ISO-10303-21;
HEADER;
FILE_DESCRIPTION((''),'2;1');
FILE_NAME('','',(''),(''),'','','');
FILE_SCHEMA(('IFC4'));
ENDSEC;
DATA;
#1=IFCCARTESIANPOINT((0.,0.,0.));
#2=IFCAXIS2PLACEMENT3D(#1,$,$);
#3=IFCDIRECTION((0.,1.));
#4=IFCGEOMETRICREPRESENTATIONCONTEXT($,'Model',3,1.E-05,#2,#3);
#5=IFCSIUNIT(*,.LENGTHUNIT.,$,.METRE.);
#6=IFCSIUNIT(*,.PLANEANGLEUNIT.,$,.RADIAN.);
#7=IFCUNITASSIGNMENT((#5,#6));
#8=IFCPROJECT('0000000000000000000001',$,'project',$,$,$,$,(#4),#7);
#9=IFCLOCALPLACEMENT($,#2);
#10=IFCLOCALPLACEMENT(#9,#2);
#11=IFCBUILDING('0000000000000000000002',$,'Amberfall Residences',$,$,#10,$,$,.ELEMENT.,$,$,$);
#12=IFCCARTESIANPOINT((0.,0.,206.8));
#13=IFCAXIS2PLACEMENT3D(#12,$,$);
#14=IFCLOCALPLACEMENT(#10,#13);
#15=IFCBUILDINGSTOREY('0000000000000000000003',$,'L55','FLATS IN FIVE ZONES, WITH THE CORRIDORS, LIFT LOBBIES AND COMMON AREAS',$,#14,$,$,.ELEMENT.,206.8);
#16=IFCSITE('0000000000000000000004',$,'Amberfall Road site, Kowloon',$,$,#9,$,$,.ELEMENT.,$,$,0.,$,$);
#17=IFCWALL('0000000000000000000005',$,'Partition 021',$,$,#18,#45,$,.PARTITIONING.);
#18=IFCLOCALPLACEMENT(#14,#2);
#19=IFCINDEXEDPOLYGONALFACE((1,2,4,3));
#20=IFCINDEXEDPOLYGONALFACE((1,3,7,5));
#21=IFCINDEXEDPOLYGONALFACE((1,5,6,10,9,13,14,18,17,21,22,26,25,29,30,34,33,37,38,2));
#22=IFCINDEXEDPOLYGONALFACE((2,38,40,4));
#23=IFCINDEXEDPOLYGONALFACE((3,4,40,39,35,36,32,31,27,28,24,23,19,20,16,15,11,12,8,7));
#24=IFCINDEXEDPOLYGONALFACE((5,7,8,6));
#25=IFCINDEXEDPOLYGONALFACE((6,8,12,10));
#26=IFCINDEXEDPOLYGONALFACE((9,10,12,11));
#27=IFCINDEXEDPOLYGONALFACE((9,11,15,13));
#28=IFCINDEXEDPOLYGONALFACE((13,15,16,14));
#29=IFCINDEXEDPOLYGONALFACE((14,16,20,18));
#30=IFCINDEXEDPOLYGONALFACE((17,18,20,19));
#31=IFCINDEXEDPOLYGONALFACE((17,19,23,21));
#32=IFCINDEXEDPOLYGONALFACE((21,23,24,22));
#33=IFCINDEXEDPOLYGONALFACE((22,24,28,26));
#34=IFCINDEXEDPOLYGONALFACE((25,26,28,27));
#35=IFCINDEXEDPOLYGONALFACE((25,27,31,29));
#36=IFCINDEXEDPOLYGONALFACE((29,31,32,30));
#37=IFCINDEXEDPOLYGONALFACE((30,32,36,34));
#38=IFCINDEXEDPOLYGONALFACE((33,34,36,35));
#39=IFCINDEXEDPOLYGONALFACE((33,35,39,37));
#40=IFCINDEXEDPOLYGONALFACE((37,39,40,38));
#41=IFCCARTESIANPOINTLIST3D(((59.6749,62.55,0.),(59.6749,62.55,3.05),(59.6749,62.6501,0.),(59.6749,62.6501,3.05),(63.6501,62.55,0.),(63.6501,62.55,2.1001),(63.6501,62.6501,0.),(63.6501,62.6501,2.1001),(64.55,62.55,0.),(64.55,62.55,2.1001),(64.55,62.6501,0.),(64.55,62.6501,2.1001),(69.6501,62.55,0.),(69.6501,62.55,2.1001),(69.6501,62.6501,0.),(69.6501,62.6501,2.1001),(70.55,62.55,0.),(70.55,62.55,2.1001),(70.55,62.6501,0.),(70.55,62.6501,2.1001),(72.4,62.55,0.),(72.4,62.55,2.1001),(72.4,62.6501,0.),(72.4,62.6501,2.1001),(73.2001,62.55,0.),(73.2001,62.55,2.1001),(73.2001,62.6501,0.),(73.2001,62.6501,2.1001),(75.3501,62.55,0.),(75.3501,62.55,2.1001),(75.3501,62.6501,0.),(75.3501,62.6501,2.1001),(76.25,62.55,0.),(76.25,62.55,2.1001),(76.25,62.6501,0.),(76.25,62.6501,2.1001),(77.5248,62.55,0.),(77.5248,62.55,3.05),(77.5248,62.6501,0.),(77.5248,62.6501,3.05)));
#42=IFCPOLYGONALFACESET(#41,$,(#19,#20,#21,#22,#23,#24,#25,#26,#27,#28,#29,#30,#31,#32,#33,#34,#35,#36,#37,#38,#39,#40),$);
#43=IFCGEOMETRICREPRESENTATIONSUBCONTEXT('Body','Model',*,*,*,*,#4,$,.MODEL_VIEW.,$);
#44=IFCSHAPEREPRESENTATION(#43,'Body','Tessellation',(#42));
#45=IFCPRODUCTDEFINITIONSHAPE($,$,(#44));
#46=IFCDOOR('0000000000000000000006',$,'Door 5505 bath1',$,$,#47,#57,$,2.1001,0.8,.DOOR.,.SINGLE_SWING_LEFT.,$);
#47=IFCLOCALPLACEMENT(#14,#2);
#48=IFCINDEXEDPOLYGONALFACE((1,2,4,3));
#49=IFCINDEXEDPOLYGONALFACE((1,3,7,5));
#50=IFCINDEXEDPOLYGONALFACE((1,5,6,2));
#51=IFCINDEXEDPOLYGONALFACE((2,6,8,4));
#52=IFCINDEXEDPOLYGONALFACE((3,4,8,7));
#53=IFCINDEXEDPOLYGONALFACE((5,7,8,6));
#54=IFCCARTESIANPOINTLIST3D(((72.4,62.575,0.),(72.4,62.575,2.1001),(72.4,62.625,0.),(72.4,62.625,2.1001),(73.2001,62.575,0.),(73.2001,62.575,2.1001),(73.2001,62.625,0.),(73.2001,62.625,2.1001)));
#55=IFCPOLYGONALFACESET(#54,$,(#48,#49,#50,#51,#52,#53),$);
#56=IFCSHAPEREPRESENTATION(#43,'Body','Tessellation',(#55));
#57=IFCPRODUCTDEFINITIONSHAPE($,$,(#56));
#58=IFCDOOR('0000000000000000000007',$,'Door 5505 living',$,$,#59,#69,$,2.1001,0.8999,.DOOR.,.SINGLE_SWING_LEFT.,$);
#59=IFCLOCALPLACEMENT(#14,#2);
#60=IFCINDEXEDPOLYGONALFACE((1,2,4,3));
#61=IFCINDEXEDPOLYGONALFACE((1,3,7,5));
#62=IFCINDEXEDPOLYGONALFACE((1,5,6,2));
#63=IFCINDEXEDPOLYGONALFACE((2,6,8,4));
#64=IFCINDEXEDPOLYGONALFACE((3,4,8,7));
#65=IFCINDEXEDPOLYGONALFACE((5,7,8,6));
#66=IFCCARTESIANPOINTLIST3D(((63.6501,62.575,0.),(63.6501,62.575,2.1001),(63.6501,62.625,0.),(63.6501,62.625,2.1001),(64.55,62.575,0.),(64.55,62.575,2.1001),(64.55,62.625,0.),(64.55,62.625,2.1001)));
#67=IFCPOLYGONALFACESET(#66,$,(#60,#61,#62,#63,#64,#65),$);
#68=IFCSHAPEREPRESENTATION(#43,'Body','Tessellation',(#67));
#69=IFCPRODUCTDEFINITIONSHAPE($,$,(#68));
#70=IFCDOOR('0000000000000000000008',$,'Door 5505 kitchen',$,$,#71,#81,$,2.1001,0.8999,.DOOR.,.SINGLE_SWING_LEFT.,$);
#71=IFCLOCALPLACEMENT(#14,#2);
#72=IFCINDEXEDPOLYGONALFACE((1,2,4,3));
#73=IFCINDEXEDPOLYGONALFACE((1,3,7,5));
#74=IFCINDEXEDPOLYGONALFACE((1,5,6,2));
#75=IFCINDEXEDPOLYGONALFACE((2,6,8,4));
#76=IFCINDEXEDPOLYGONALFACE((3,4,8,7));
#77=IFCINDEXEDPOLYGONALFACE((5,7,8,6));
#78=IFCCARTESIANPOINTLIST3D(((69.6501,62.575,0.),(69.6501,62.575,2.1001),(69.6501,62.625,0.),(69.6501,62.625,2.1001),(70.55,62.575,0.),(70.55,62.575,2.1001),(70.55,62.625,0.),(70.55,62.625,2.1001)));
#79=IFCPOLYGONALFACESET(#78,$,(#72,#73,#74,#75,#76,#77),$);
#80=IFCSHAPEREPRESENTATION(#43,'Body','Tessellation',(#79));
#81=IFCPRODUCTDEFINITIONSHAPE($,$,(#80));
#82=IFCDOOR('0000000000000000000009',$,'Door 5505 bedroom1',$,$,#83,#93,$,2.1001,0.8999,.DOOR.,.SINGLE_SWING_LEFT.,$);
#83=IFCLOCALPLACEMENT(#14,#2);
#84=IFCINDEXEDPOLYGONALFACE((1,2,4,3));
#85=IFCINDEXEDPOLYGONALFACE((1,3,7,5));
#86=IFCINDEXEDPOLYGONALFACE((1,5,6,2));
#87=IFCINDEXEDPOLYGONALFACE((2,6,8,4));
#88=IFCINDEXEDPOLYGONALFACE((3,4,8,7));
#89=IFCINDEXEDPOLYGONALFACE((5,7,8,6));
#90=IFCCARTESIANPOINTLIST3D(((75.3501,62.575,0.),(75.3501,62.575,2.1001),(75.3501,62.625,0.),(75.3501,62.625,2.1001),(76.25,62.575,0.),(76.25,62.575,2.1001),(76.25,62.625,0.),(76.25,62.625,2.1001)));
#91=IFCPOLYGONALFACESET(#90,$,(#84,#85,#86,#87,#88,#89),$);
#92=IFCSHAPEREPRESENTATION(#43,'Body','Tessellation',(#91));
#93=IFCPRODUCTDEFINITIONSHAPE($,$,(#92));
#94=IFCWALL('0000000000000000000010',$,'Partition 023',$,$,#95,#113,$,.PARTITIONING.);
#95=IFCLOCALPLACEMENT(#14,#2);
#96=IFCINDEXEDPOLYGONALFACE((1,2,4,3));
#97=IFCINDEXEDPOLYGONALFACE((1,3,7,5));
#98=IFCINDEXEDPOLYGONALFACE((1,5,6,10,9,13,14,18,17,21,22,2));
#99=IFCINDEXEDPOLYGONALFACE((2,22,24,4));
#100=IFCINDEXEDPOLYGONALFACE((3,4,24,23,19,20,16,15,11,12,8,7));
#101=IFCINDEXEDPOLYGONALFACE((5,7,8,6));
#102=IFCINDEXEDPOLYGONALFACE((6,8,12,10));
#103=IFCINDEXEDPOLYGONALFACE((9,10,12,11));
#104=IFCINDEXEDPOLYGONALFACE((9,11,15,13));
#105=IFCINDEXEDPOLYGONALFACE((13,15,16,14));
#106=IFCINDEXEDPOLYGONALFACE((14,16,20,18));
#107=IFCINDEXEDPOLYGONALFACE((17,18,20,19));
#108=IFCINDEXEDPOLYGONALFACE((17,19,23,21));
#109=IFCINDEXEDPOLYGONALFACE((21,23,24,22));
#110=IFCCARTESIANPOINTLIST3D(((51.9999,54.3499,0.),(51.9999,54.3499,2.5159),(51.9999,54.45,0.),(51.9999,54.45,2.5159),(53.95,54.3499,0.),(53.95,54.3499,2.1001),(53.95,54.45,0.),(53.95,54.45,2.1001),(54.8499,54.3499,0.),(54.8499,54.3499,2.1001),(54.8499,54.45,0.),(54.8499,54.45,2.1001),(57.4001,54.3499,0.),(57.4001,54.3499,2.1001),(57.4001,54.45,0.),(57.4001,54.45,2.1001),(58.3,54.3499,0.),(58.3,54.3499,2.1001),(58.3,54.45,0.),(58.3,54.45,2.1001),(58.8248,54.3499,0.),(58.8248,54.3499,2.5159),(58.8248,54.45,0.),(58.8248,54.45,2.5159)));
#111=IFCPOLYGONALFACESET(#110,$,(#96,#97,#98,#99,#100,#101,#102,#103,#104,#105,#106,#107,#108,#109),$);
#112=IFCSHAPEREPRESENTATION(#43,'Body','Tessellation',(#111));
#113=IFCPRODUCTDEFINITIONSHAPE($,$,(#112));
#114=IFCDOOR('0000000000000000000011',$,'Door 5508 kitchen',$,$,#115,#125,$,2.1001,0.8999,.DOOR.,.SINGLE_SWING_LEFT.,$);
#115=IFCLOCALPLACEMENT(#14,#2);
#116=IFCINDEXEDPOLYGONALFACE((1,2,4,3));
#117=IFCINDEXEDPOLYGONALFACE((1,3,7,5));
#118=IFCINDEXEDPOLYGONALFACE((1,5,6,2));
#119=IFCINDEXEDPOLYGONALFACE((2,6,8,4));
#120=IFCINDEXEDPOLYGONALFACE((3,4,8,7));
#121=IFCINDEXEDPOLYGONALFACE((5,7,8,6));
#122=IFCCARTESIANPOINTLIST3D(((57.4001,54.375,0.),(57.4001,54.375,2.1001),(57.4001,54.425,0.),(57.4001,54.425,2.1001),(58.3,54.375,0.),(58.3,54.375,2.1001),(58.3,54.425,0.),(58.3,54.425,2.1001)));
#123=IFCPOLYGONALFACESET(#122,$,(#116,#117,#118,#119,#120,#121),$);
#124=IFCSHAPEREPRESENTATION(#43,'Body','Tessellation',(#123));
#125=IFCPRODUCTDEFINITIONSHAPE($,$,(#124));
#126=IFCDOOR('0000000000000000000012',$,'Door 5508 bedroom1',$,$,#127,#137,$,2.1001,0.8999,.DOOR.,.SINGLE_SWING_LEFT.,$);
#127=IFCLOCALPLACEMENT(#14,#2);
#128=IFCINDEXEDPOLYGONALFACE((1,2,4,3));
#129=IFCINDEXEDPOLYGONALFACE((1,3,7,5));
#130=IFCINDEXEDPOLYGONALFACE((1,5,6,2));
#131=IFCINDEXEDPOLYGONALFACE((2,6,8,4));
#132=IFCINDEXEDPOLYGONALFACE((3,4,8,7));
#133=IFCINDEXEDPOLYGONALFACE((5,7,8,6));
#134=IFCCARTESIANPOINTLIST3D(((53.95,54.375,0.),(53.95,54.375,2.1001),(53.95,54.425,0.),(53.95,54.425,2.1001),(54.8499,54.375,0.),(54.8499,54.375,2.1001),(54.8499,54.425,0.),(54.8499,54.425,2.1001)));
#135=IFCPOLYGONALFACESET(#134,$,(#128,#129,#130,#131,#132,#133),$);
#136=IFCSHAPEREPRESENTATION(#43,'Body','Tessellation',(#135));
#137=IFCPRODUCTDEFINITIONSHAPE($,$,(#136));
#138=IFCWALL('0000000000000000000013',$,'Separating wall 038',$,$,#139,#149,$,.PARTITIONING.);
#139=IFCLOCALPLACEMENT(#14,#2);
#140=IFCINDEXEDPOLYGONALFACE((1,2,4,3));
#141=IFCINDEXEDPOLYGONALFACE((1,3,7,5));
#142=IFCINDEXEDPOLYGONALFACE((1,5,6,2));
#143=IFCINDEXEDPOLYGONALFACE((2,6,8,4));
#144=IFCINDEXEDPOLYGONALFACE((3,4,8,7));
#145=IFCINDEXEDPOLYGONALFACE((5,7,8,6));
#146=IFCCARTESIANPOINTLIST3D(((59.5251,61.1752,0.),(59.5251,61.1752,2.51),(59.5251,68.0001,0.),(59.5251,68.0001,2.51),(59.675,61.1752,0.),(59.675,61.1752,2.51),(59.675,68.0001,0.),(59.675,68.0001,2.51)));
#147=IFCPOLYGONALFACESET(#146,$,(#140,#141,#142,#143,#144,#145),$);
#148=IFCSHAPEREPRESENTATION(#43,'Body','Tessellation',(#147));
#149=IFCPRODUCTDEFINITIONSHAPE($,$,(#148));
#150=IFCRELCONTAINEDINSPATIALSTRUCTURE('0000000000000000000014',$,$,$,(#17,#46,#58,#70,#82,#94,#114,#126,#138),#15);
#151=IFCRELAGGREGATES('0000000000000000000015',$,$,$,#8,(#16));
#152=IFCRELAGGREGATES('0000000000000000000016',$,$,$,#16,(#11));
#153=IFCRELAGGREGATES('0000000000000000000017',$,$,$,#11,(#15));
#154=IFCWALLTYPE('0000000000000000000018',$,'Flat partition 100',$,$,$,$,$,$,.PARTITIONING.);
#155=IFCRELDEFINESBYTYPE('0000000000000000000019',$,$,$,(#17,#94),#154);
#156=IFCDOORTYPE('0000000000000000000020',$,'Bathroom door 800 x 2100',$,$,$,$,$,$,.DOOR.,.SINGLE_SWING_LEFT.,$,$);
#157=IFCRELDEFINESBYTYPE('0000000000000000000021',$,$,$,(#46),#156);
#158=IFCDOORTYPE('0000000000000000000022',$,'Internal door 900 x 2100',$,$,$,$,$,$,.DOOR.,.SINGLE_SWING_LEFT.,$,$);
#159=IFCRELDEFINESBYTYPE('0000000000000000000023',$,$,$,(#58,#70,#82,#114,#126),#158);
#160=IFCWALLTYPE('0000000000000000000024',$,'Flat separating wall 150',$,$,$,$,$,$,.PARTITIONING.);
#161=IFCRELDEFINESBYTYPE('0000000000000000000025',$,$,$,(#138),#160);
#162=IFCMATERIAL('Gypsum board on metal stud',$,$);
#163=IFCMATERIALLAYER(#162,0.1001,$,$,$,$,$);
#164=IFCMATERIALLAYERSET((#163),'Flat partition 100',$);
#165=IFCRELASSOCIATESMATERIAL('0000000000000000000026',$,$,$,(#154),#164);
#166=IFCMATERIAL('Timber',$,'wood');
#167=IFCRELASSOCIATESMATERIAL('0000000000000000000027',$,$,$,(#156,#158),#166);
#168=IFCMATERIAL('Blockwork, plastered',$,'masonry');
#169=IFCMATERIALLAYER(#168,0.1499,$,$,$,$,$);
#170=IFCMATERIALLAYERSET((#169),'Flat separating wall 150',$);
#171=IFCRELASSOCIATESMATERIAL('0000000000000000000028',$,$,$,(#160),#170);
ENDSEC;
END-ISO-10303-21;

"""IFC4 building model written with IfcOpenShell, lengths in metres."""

from ifc_helpers import new_model, si_unit, direction, frame, frame_2d, origin, place, context, subcontext, project, spatial, rectangle, extrude, material, layer, layer_set, type_object, element, fill, save


model = new_model("IFC4")

# Units and contexts
model_context = context("Model", 3, precision=1e-05, world=origin(), true_north=direction((0.0, 1.0)))
body_context = subcontext(model_context, "Body", "Model", "MODEL_VIEW")
ifc_project = project(units=[si_unit("LENGTHUNIT", "METRE"), si_unit("PLANEANGLEUNIT", "RADIAN")], contexts=[model_context])

# Site, building, storey
site_placement = place(None, origin())
site = spatial("IfcSite", under=ifc_project, at=site_placement, Name="Amberfall Road site, Kowloon", CompositionType="ELEMENT", RefElevation=0.0)
building_placement = place(site_placement, origin())
building = spatial("IfcBuilding", under=site, at=building_placement, Name="Amberfall Residences", CompositionType="ELEMENT")
storey_placement = place(building_placement, frame((0.0, 0.0, 206.8)))
storey = spatial("IfcBuildingStorey", under=building, at=storey_placement, Name="L55", Description="FLATS IN FIVE ZONES, WITH THE CORRIDORS, LIFT LOBBIES AND COMMON AREAS", CompositionType="ELEMENT", Elevation=206.8)

# Shared definitions
ifc_material_1 = material(Name="Gypsum board on metal stud")
ifc_layer_1 = layer(ifc_material_1, 0.1001)
ifc_layer_set_1 = layer_set([ifc_layer_1], Name="Flat partition 100")
wall_type_1 = type_object("IfcWallType", Name="Flat partition 100", PredefinedType="PARTITIONING", material=ifc_layer_set_1)

# Walls, openings, doors
wall_1_placement = place(storey_placement, frame((59.675, 62.6001, 0.0), z_axis=(0.0, 0.0, 1.0), x_axis=(1.0, 0.0, 0.0)))
wall_1 = element("IfcWall", 1, at=wall_1_placement, inside=storey, type_object=wall_type_1, Name="Partition 021", PredefinedType="PARTITIONING", context=body_context, shape_type="SweptSolid", body=[
    extrude(rectangle(XDim=17.8499, YDim=0.1001, at=frame_2d((8.9248, 0.0))), origin(), (0.0, 0.0, 1.0), 3.05),
])
opening_1_placement = place(wall_1_placement, frame((3.9751, 0.0, 0.0)))
opening_1 = element("IfcOpeningElement", 2, at=opening_1_placement, cuts=wall_1, PredefinedType="OPENING", context=body_context, shape_type="SweptSolid", body=[
    extrude(rectangle(XDim=0.8999, YDim=2.1001, at=frame_2d((0.45, 1.05))), frame((0.0, 0.0601, 0.0), z_axis=(0.0, -1.0, 0.0), x_axis=(1.0, 0.0, 0.0)), (0.0, 0.0, 1.0), 0.1201),
])
opening_2_placement = place(wall_1_placement, frame((9.9751, 0.0, 0.0)))
opening_2 = element("IfcOpeningElement", 3, at=opening_2_placement, cuts=wall_1, PredefinedType="OPENING", context=body_context, shape_type="SweptSolid", body=[
    extrude(rectangle(XDim=0.8999, YDim=2.1001, at=frame_2d((0.45, 1.05))), frame((0.0, 0.0601, 0.0), z_axis=(0.0, -1.0, 0.0), x_axis=(1.0, 0.0, 0.0)), (0.0, 0.0, 1.0), 0.1201),
])
opening_3_placement = place(wall_1_placement, frame((15.675, 0.0, 0.0)))
opening_3 = element("IfcOpeningElement", 4, at=opening_3_placement, cuts=wall_1, PredefinedType="OPENING", context=body_context, shape_type="SweptSolid", body=[
    extrude(rectangle(XDim=0.8999, YDim=2.1001, at=frame_2d((0.45, 1.05))), frame((0.0, 0.0601, 0.0), z_axis=(0.0, -1.0, 0.0), x_axis=(1.0, 0.0, 0.0)), (0.0, 0.0, 1.0), 0.1201),
])
opening_4_placement = place(wall_1_placement, frame((12.7251, 0.0, 0.0)))
opening_4 = element("IfcOpeningElement", 5, at=opening_4_placement, cuts=wall_1, PredefinedType="OPENING", context=body_context, shape_type="SweptSolid", body=[
    extrude(rectangle(XDim=0.8, YDim=2.1001, at=frame_2d((0.3999, 1.05))), frame((0.0, 0.0601, 0.0), z_axis=(0.0, -1.0, 0.0), x_axis=(1.0, 0.0, 0.0)), (0.0, 0.0, 1.0), 0.1201),
])
ifc_material_2 = material(Name="Timber", Category="wood")
door_type_1 = type_object("IfcDoorType", Name="Bathroom door 800 x 2100", OperationType="SINGLE_SWING_LEFT", PredefinedType="DOOR", material=ifc_material_2)
door_1_placement = place(opening_4_placement, origin())
door_1 = element("IfcDoor", 6, at=door_1_placement, inside=storey, type_object=door_type_1, Name="Door 5505 bath1", OperationType="SINGLE_SWING_LEFT", OverallHeight=2.1001, OverallWidth=0.8, PredefinedType="DOOR", context=body_context, shape_type="SweptSolid", body=[
    extrude(rectangle(XDim=0.8, YDim=2.1001, at=frame_2d((0.3999, 1.05))), frame((0.0, 0.0249, 0.0), z_axis=(0.0, -1.0, 0.0), x_axis=(1.0, 0.0, 0.0)), (0.0, 0.0, 1.0), 0.05),
])
fill(opening_4, door_1)
door_type_2 = type_object("IfcDoorType", Name="Internal door 900 x 2100", OperationType="SINGLE_SWING_LEFT", PredefinedType="DOOR", material=ifc_material_2)
door_2_placement = place(opening_1_placement, origin())
door_2 = element("IfcDoor", 7, at=door_2_placement, inside=storey, type_object=door_type_2, Name="Door 5505 living", OperationType="SINGLE_SWING_LEFT", OverallHeight=2.1001, OverallWidth=0.8999, PredefinedType="DOOR", context=body_context, shape_type="SweptSolid", body=[
    extrude(rectangle(XDim=0.8999, YDim=2.1001, at=frame_2d((0.45, 1.05))), frame((0.0, 0.0249, 0.0), z_axis=(0.0, -1.0, 0.0), x_axis=(1.0, 0.0, 0.0)), (0.0, 0.0, 1.0), 0.05),
])
fill(opening_1, door_2)
door_3_placement = place(opening_2_placement, origin())
door_3 = element("IfcDoor", 8, at=door_3_placement, inside=storey, type_object=door_type_2, Name="Door 5505 kitchen", OperationType="SINGLE_SWING_LEFT", OverallHeight=2.1001, OverallWidth=0.8999, PredefinedType="DOOR", context=body_context, shape_type="SweptSolid", body=[
    extrude(rectangle(XDim=0.8999, YDim=2.1001, at=frame_2d((0.45, 1.05))), frame((0.0, 0.0249, 0.0), z_axis=(0.0, -1.0, 0.0), x_axis=(1.0, 0.0, 0.0)), (0.0, 0.0, 1.0), 0.05),
])
fill(opening_2, door_3)
door_4_placement = place(opening_3_placement, origin())
door_4 = element("IfcDoor", 9, at=door_4_placement, inside=storey, type_object=door_type_2, Name="Door 5505 bedroom1", OperationType="SINGLE_SWING_LEFT", OverallHeight=2.1001, OverallWidth=0.8999, PredefinedType="DOOR", context=body_context, shape_type="SweptSolid", body=[
    extrude(rectangle(XDim=0.8999, YDim=2.1001, at=frame_2d((0.45, 1.05))), frame((0.0, 0.0249, 0.0), z_axis=(0.0, -1.0, 0.0), x_axis=(1.0, 0.0, 0.0)), (0.0, 0.0, 1.0), 0.05),
])
fill(opening_3, door_4)
wall_2_placement = place(storey_placement, frame((58.825, 54.3999, 0.0), z_axis=(0.0, 0.0, 1.0), x_axis=(-1.0, 0.0, 0.0)))
wall_2 = element("IfcWall", 10, at=wall_2_placement, inside=storey, type_object=wall_type_1, Name="Partition 023", PredefinedType="PARTITIONING", context=body_context, shape_type="SweptSolid", body=[
    extrude(rectangle(XDim=6.825, YDim=0.1001, at=frame_2d((3.4126, 0.0))), origin(), (0.0, 0.0, 1.0), 2.5159),
])
opening_5_placement = place(wall_2_placement, frame((0.5249, 0.0, 0.0)))
opening_5 = element("IfcOpeningElement", 11, at=opening_5_placement, cuts=wall_2, PredefinedType="OPENING", context=body_context, shape_type="SweptSolid", body=[
    extrude(rectangle(XDim=0.8999, YDim=2.1001, at=frame_2d((0.45, 1.05))), frame((0.0, 0.0601, 0.0), z_axis=(0.0, -1.0, 0.0), x_axis=(1.0, 0.0, 0.0)), (0.0, 0.0, 1.0), 0.1201),
])
opening_6_placement = place(wall_2_placement, frame((3.9751, 0.0, 0.0)))
opening_6 = element("IfcOpeningElement", 12, at=opening_6_placement, cuts=wall_2, PredefinedType="OPENING", context=body_context, shape_type="SweptSolid", body=[
    extrude(rectangle(XDim=0.8999, YDim=2.1001, at=frame_2d((0.45, 1.05))), frame((0.0, 0.0601, 0.0), z_axis=(0.0, -1.0, 0.0), x_axis=(1.0, 0.0, 0.0)), (0.0, 0.0, 1.0), 0.1201),
])
door_5_placement = place(opening_5_placement, origin())
door_5 = element("IfcDoor", 13, at=door_5_placement, inside=storey, type_object=door_type_2, Name="Door 5508 kitchen", OperationType="SINGLE_SWING_LEFT", OverallHeight=2.1001, OverallWidth=0.8999, PredefinedType="DOOR", context=body_context, shape_type="SweptSolid", body=[
    extrude(rectangle(XDim=0.8999, YDim=2.1001, at=frame_2d((0.45, 1.05))), frame((0.0, 0.0249, 0.0), z_axis=(0.0, -1.0, 0.0), x_axis=(1.0, 0.0, 0.0)), (0.0, 0.0, 1.0), 0.05),
])
fill(opening_5, door_5)
door_6_placement = place(opening_6_placement, origin())
door_6 = element("IfcDoor", 14, at=door_6_placement, inside=storey, type_object=door_type_2, Name="Door 5508 bedroom1", OperationType="SINGLE_SWING_LEFT", OverallHeight=2.1001, OverallWidth=0.8999, PredefinedType="DOOR", context=body_context, shape_type="SweptSolid", body=[
    extrude(rectangle(XDim=0.8999, YDim=2.1001, at=frame_2d((0.45, 1.05))), frame((0.0, 0.0249, 0.0), z_axis=(0.0, -1.0, 0.0), x_axis=(1.0, 0.0, 0.0)), (0.0, 0.0, 1.0), 0.05),
])
fill(opening_6, door_6)

# Wall
ifc_material_3 = material(Name="Blockwork, plastered", Category="masonry")
ifc_layer_2 = layer(ifc_material_3, 0.1499)
ifc_layer_set_2 = layer_set([ifc_layer_2], Name="Flat separating wall 150")
wall_type_2 = type_object("IfcWallType", Name="Flat separating wall 150", PredefinedType="PARTITIONING", material=ifc_layer_set_2)
wall_3_placement = place(storey_placement, frame((59.6001, 61.175, 0.0), z_axis=(0.0, 0.0, 1.0), x_axis=(0.0, 1.0, 0.0)))
element("IfcWall", 15, at=wall_3_placement, inside=storey, type_object=wall_type_2, Name="Separating wall 038", PredefinedType="PARTITIONING", context=body_context, shape_type="SweptSolid", body=[
    extrude(rectangle(XDim=6.825, YDim=0.1499, at=frame_2d((3.4126, 0.0))), origin(), (0.0, 0.0, 1.0), 2.51),
])

save(model, "model.ifc")
